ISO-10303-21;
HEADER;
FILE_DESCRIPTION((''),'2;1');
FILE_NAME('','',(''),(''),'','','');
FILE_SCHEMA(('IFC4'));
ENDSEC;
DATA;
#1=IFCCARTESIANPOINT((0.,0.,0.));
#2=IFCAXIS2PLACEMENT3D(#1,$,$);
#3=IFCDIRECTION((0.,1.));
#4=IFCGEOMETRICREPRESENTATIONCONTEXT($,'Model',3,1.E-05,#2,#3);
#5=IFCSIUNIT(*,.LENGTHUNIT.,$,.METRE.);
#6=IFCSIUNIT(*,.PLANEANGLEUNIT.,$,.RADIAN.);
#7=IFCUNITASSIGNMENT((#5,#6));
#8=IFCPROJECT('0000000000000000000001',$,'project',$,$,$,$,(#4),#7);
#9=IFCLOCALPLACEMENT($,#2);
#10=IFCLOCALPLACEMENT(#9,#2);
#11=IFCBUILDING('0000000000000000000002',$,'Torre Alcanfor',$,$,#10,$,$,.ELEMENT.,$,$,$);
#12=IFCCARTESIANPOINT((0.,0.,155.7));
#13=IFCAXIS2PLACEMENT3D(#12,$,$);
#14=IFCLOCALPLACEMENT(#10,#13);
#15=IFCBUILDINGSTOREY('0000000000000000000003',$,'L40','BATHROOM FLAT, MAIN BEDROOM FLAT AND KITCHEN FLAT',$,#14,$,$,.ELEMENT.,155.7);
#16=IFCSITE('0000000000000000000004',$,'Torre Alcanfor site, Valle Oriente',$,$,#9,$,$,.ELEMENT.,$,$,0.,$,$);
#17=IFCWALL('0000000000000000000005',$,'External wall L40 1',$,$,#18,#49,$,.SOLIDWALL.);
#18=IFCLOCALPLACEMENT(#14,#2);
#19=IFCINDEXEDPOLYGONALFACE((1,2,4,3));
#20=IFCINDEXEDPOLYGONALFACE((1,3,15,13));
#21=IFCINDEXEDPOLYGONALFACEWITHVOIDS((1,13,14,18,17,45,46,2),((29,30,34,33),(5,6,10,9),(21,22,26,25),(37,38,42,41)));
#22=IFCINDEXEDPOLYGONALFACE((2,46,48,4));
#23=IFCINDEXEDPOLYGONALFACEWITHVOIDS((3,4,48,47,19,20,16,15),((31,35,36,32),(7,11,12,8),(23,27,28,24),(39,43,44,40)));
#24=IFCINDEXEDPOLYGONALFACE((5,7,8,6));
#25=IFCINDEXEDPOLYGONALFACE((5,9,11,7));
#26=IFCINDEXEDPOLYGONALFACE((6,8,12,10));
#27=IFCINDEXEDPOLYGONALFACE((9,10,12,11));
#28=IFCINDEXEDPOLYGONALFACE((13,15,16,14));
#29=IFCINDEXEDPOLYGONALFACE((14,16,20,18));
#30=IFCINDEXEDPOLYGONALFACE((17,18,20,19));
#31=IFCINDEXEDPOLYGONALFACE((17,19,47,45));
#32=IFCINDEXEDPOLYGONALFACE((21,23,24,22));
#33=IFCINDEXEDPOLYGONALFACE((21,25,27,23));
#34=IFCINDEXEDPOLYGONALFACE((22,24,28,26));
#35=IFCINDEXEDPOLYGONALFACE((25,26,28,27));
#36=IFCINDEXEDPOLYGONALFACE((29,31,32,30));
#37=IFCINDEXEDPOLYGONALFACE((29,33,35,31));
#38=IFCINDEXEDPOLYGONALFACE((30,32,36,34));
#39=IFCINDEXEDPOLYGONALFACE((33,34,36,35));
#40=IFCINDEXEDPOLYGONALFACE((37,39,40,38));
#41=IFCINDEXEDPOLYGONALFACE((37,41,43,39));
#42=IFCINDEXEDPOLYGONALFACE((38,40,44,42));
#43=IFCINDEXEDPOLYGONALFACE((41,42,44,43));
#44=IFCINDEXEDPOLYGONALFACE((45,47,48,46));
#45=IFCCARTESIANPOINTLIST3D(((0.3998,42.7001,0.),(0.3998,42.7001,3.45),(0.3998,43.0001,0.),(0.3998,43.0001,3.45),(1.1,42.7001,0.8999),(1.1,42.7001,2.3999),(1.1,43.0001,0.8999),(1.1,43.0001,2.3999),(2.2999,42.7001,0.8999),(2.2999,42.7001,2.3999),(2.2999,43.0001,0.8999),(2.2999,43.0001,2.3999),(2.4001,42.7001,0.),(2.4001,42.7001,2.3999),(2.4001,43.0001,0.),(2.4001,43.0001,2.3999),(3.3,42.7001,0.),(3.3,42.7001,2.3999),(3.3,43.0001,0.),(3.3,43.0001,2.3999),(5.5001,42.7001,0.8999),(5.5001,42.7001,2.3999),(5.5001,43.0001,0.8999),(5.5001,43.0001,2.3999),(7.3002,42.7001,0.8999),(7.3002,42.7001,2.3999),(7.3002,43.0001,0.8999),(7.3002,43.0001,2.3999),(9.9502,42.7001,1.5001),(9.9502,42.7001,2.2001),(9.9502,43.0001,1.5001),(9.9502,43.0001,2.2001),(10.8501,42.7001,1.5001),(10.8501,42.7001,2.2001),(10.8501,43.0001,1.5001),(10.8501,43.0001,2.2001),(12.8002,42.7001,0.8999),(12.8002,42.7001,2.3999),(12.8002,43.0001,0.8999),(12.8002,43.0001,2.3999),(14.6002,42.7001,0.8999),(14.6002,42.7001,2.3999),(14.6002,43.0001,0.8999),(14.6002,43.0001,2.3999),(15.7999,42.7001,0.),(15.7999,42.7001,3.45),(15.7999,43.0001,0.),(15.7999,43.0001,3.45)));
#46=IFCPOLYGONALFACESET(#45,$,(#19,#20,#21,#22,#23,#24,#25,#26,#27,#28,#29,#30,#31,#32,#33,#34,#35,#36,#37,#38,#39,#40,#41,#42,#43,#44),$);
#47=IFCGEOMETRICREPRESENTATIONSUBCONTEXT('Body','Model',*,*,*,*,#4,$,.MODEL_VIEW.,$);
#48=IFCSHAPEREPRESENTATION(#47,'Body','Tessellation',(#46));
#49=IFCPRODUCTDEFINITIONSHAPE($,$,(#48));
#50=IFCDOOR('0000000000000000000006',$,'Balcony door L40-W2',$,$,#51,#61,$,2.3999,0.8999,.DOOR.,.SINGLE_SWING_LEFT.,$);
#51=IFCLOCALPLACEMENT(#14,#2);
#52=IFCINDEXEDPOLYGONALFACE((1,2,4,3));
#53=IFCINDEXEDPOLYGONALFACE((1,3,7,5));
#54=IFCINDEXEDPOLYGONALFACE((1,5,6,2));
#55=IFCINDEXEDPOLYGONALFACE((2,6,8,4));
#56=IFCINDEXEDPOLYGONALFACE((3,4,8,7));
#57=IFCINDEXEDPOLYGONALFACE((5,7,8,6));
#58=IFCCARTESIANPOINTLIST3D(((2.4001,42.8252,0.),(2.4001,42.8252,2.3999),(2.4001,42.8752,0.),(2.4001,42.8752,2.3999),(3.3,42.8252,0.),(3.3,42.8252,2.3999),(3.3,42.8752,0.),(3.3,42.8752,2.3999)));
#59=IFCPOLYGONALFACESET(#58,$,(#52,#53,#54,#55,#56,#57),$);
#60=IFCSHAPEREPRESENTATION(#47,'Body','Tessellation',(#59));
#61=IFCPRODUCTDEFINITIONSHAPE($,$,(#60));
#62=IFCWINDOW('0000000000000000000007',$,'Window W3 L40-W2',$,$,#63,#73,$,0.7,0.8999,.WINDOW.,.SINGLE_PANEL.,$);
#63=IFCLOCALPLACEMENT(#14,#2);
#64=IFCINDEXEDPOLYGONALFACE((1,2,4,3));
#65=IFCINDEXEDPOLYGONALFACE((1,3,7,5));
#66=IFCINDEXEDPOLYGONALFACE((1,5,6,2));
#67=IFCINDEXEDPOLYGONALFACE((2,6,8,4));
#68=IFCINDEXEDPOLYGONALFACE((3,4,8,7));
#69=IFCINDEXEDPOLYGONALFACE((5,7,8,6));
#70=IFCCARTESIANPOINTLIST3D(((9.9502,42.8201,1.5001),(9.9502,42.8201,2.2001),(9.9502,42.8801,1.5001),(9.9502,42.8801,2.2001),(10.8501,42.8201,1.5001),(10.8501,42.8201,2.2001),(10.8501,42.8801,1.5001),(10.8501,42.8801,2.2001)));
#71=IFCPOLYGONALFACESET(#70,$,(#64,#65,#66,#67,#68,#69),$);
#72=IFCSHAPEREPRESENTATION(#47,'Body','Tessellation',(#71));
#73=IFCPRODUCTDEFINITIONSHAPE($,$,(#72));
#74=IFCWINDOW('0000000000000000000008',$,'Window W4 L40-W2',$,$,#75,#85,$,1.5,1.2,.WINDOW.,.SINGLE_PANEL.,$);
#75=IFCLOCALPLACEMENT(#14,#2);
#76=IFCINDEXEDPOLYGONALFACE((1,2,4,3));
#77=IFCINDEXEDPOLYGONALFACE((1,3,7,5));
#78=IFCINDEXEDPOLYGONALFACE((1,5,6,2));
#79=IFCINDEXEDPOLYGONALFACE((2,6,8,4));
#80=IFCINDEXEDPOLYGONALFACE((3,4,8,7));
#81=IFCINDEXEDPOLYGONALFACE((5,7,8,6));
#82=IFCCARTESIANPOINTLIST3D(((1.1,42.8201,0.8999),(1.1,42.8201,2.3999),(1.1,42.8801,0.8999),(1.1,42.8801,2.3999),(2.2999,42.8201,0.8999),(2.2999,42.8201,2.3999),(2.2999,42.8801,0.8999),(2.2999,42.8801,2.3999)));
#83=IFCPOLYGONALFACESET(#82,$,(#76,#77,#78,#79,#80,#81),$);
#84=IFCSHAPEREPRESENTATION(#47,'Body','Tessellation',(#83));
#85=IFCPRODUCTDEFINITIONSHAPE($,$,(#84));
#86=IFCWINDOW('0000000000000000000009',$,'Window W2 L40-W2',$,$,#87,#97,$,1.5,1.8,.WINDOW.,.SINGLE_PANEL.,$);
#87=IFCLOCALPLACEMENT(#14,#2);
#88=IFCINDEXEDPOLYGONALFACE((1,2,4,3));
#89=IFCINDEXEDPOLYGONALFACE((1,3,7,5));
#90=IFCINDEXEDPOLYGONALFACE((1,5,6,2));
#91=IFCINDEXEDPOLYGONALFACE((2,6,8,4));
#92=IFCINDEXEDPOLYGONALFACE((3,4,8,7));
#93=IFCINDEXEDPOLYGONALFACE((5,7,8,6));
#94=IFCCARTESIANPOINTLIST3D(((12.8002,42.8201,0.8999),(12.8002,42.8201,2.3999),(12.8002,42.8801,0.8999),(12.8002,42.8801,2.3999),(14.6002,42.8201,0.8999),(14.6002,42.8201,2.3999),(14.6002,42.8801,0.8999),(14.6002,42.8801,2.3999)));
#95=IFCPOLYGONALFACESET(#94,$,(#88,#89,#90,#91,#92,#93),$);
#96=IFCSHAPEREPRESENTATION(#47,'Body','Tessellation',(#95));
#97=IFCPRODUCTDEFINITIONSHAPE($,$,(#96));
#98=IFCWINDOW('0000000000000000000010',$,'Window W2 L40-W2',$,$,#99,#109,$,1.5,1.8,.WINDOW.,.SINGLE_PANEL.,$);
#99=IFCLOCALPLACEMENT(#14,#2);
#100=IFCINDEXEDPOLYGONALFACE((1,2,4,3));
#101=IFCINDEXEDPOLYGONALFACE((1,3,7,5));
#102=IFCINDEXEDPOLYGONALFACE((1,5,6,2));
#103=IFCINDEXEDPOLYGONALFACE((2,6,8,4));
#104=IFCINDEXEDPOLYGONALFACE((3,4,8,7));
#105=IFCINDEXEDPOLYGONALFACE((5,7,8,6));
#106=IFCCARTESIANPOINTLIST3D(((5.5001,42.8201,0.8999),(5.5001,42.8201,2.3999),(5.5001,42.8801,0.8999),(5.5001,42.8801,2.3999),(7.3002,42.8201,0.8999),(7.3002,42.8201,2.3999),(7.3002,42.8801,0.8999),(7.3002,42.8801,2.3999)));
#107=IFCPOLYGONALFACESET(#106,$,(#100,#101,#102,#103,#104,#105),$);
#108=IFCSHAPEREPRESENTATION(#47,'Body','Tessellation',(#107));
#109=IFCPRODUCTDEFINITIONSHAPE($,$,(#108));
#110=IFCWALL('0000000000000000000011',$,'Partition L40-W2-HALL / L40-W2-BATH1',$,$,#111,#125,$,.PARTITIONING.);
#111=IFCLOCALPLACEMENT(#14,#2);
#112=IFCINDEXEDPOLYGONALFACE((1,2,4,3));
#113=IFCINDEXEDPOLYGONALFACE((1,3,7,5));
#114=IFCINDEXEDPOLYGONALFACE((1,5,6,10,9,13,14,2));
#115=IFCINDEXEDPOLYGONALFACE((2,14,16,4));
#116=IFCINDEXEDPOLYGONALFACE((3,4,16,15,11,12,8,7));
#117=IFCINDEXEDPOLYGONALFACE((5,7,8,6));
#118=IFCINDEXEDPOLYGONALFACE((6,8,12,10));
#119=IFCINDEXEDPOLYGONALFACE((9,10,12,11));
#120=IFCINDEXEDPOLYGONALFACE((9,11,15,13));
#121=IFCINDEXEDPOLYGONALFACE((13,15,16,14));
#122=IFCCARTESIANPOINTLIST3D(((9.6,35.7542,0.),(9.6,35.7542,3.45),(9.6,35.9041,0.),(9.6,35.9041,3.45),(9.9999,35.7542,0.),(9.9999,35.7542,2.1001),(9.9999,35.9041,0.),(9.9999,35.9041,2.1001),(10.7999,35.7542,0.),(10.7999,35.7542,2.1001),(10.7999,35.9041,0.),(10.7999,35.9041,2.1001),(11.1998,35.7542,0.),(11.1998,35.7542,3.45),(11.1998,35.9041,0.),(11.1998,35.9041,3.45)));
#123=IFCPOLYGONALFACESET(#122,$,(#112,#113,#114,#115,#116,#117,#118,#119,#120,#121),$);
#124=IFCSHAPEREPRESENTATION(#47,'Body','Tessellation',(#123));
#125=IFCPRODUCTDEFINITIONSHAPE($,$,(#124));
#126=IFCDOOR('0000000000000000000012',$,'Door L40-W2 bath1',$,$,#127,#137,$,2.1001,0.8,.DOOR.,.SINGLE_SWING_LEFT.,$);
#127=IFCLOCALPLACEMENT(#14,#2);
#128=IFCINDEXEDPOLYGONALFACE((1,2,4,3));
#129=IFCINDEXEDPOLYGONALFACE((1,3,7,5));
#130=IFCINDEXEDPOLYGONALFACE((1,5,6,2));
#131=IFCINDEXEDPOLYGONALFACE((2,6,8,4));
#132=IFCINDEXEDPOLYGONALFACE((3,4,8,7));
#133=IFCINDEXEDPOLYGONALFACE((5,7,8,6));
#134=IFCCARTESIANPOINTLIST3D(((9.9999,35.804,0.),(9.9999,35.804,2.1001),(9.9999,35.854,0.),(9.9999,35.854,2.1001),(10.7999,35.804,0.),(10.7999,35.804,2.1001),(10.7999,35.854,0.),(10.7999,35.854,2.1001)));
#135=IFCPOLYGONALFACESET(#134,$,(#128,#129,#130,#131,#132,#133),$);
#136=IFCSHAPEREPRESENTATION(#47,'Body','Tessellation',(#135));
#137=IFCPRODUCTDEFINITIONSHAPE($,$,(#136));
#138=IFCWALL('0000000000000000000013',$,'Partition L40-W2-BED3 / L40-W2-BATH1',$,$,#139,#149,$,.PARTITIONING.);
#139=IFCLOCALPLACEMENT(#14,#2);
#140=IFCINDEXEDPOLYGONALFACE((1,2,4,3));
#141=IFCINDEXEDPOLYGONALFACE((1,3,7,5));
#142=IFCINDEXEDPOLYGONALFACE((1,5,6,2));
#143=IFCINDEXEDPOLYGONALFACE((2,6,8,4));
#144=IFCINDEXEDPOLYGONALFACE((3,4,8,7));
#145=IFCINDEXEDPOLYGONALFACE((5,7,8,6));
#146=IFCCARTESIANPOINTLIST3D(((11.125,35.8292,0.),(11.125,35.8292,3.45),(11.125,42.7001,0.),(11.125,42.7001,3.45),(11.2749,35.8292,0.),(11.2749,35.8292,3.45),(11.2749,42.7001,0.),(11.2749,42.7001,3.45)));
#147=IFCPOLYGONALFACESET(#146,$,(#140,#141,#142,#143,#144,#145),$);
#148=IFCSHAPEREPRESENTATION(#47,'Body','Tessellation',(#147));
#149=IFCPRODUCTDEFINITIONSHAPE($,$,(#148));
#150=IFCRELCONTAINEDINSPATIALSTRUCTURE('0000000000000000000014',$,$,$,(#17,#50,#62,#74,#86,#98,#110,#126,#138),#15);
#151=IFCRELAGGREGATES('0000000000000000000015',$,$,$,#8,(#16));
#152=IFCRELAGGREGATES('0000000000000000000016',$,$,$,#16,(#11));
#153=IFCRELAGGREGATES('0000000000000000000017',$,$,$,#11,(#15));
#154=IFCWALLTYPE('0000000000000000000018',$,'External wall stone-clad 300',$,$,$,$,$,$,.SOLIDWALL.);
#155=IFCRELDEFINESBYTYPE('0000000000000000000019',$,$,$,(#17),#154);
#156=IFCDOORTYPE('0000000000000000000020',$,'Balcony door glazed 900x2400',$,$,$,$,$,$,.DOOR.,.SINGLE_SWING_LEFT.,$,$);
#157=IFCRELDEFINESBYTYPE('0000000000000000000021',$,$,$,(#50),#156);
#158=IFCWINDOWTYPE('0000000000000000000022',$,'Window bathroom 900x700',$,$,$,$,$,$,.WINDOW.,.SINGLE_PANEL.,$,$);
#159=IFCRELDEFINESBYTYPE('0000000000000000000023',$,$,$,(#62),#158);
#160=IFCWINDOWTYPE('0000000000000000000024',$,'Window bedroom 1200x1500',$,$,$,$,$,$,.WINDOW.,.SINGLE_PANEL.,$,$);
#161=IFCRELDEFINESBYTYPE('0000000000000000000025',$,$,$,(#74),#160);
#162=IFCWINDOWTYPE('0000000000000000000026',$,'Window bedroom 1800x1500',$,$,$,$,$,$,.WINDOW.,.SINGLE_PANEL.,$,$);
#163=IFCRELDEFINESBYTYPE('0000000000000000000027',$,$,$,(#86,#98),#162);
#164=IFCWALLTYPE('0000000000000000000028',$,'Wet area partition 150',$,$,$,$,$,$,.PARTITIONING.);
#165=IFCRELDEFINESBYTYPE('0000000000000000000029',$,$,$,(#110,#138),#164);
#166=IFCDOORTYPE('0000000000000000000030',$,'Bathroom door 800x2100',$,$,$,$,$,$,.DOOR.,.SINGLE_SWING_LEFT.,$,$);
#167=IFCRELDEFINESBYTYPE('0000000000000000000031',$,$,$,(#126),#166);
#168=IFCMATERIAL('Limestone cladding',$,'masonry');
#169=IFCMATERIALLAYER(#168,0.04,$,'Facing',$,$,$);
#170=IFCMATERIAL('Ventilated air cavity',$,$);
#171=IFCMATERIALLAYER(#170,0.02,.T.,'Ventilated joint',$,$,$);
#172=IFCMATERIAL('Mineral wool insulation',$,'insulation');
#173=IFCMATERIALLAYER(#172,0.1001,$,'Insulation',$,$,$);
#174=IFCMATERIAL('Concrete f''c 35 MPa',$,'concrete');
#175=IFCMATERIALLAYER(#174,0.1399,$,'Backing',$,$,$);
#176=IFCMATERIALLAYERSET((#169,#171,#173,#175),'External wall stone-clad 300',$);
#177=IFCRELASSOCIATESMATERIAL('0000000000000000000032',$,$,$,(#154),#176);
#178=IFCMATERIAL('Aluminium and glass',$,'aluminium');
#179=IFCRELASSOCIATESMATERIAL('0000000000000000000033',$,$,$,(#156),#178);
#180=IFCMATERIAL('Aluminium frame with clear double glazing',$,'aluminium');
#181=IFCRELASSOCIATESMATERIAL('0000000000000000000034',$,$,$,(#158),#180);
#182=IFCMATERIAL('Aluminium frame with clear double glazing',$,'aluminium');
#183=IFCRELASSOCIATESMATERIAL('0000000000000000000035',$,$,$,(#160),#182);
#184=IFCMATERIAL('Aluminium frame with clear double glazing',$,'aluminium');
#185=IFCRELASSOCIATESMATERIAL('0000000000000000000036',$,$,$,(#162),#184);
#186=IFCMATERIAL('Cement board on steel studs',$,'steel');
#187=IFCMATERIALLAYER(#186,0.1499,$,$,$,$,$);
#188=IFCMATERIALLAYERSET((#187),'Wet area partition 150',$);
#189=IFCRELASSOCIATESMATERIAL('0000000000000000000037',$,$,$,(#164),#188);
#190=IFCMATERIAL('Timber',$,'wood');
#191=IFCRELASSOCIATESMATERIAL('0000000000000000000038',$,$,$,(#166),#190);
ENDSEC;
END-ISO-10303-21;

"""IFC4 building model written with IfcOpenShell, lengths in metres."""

from ifc_helpers import new_model, si_unit, direction, frame, frame_2d, origin, place, context, subcontext, project, spatial, rectangle, extrude, material, layer, layer_set, type_object, element, fill, save


model = new_model("IFC4")

# Units and contexts
model_context = context("Model", 3, precision=1e-05, world=origin(), true_north=direction((0.0, 1.0)))
body_context = subcontext(model_context, "Body", "Model", "MODEL_VIEW")
ifc_project = project(units=[si_unit("LENGTHUNIT", "METRE"), si_unit("PLANEANGLEUNIT", "RADIAN")], contexts=[model_context])

# Site, building, storey
site_placement = place(None, origin())
site = spatial("IfcSite", under=ifc_project, at=site_placement, Name="Torre Alcanfor site, Valle Oriente", CompositionType="ELEMENT", RefElevation=0.0)
building_placement = place(site_placement, origin())
building = spatial("IfcBuilding", under=site, at=building_placement, Name="Torre Alcanfor", CompositionType="ELEMENT")
storey_placement = place(building_placement, frame((0.0, 0.0, 155.7)))
storey = spatial("IfcBuildingStorey", under=building, at=storey_placement, Name="L40", Description="BATHROOM FLAT, MAIN BEDROOM FLAT AND KITCHEN FLAT", CompositionType="ELEMENT", Elevation=155.7)

# Wall, openings, door, windows
ifc_material_1 = material(Name="Limestone cladding", Category="masonry")
ifc_layer_1 = layer(ifc_material_1, 0.04, Name="Facing")
ifc_material_2 = material(Name="Ventilated air cavity")
ifc_layer_2 = layer(ifc_material_2, 0.02, ventilated=True, Name="Ventilated joint")
ifc_material_3 = material(Name="Mineral wool insulation", Category="insulation")
ifc_layer_3 = layer(ifc_material_3, 0.1001, Name="Insulation")
ifc_material_4 = material(Name="Concrete f'c 35 MPa", Category="concrete")
ifc_layer_4 = layer(ifc_material_4, 0.1399, Name="Backing")
ifc_layer_set_1 = layer_set([ifc_layer_1, ifc_layer_2, ifc_layer_3, ifc_layer_4], Name="External wall stone-clad 300")
wall_type_1 = type_object("IfcWallType", Name="External wall stone-clad 300", PredefinedType="SOLIDWALL", material=ifc_layer_set_1)
wall_1_placement = place(storey_placement, frame((15.8, 42.8501, 0.0), z_axis=(0.0, 0.0, 1.0), x_axis=(-1.0, 0.0, 0.0)))
wall_1 = element("IfcWall", 1, at=wall_1_placement, inside=storey, type_object=wall_type_1, Name="External wall L40 1", PredefinedType="SOLIDWALL", context=body_context, shape_type="SweptSolid", body=[
    extrude(rectangle(XDim=15.4001, YDim=0.3, at=frame_2d((7.7002, 0.0))), origin(), (0.0, 0.0, 1.0), 3.45),
])
opening_1_placement = place(wall_1_placement, frame((1.2, 0.0, 0.8999)))
opening_1 = element("IfcOpeningElement", 2, at=opening_1_placement, cuts=wall_1, PredefinedType="OPENING", context=body_context, shape_type="SweptSolid", body=[
    extrude(rectangle(XDim=1.8, YDim=1.5, at=frame_2d((0.8999, 0.75))), frame((0.0, 0.1599, 0.0), z_axis=(0.0, -1.0, 0.0), x_axis=(1.0, 0.0, 0.0)), (0.0, 0.0, 1.0), 0.3201),
])
opening_2_placement = place(wall_1_placement, frame((4.95, 0.0, 1.5)))
opening_2 = element("IfcOpeningElement", 3, at=opening_2_placement, cuts=wall_1, PredefinedType="OPENING", context=body_context, shape_type="SweptSolid", body=[
    extrude(rectangle(XDim=0.8999, YDim=0.7, at=frame_2d((0.45, 0.3501))), frame((0.0, 0.1599, 0.0), z_axis=(0.0, -1.0, 0.0), x_axis=(1.0, 0.0, 0.0)), (0.0, 0.0, 1.0), 0.3201),
])
opening_3_placement = place(wall_1_placement, frame((8.5, 0.0, 0.8999)))
opening_3 = element("IfcOpeningElement", 4, at=opening_3_placement, cuts=wall_1, PredefinedType="OPENING", context=body_context, shape_type="SweptSolid", body=[
    extrude(rectangle(XDim=1.8, YDim=1.5, at=frame_2d((0.8999, 0.75))), frame((0.0, 0.1599, 0.0), z_axis=(0.0, -1.0, 0.0), x_axis=(1.0, 0.0, 0.0)), (0.0, 0.0, 1.0), 0.3201),
])
opening_4_placement = place(wall_1_placement, frame((12.5, 0.0, 0.0)))
opening_4 = element("IfcOpeningElement", 5, at=opening_4_placement, cuts=wall_1, PredefinedType="OPENING", context=body_context, shape_type="SweptSolid", body=[
    extrude(rectangle(XDim=0.8999, YDim=2.3999, at=frame_2d((0.45, 1.2))), frame((0.0, 0.1599, 0.0), z_axis=(0.0, -1.0, 0.0), x_axis=(1.0, 0.0, 0.0)), (0.0, 0.0, 1.0), 0.3201),
])
opening_5_placement = place(wall_1_placement, frame((13.5, 0.0, 0.8999)))
opening_5 = element("IfcOpeningElement", 6, at=opening_5_placement, cuts=wall_1, PredefinedType="OPENING", context=body_context, shape_type="SweptSolid", body=[
    extrude(rectangle(XDim=1.2, YDim=1.5, at=frame_2d((0.6001, 0.75))), frame((0.0, 0.1599, 0.0), z_axis=(0.0, -1.0, 0.0), x_axis=(1.0, 0.0, 0.0)), (0.0, 0.0, 1.0), 0.3201),
])
ifc_material_5 = material(Name="Aluminium and glass", Category="aluminium")
door_type_1 = type_object("IfcDoorType", Name="Balcony door glazed 900x2400", OperationType="SINGLE_SWING_LEFT", PredefinedType="DOOR", material=ifc_material_5)
door_1_placement = place(opening_4_placement, origin())
door_1 = element("IfcDoor", 7, at=door_1_placement, inside=storey, type_object=door_type_1, Name="Balcony door L40-W2", OperationType="SINGLE_SWING_LEFT", OverallHeight=2.3999, OverallWidth=0.8999, PredefinedType="DOOR", context=body_context, shape_type="SweptSolid", body=[
    extrude(rectangle(XDim=0.8999, YDim=2.3999, at=frame_2d((0.45, 1.2))), frame((0.0, 0.0249, 0.0), z_axis=(0.0, -1.0, 0.0), x_axis=(1.0, 0.0, 0.0)), (0.0, 0.0, 1.0), 0.05),
])
fill(opening_4, door_1)
ifc_material_6 = material(Name="Aluminium frame with clear double glazing", Category="aluminium")
window_type_1 = type_object("IfcWindowType", Name="Window bathroom 900x700", PartitioningType="SINGLE_PANEL", PredefinedType="WINDOW", material=ifc_material_6)
window_1_placement = place(opening_2_placement, origin())
window_1 = element("IfcWindow", 8, at=window_1_placement, inside=storey, type_object=window_type_1, Name="Window W3 L40-W2", OverallHeight=0.7, OverallWidth=0.8999, PartitioningType="SINGLE_PANEL", PredefinedType="WINDOW", context=body_context, shape_type="SweptSolid", body=[
    extrude(rectangle(XDim=0.8999, YDim=0.7, at=frame_2d((0.45, 0.3501))), frame((0.0, 0.03, 0.0), z_axis=(0.0, -1.0, 0.0), x_axis=(1.0, 0.0, 0.0)), (0.0, 0.0, 1.0), 0.0601),
])
fill(opening_2, window_1)
ifc_material_7 = material(Name="Aluminium frame with clear double glazing", Category="aluminium")
window_type_2 = type_object("IfcWindowType", Name="Window bedroom 1200x1500", PartitioningType="SINGLE_PANEL", PredefinedType="WINDOW", material=ifc_material_7)
window_2_placement = place(opening_5_placement, origin())
window_2 = element("IfcWindow", 9, at=window_2_placement, inside=storey, type_object=window_type_2, Name="Window W4 L40-W2", OverallHeight=1.5, OverallWidth=1.2, PartitioningType="SINGLE_PANEL", PredefinedType="WINDOW", context=body_context, shape_type="SweptSolid", body=[
    extrude(rectangle(XDim=1.2, YDim=1.5, at=frame_2d((0.6001, 0.75))), frame((0.0, 0.03, 0.0), z_axis=(0.0, -1.0, 0.0), x_axis=(1.0, 0.0, 0.0)), (0.0, 0.0, 1.0), 0.0601),
])
fill(opening_5, window_2)
ifc_material_8 = material(Name="Aluminium frame with clear double glazing", Category="aluminium")
window_type_3 = type_object("IfcWindowType", Name="Window bedroom 1800x1500", PartitioningType="SINGLE_PANEL", PredefinedType="WINDOW", material=ifc_material_8)
window_3_placement = place(opening_1_placement, origin())
window_3 = element("IfcWindow", 10, at=window_3_placement, inside=storey, type_object=window_type_3, Name="Window W2 L40-W2", OverallHeight=1.5, OverallWidth=1.8, PartitioningType="SINGLE_PANEL", PredefinedType="WINDOW", context=body_context, shape_type="SweptSolid", body=[
    extrude(rectangle(XDim=1.8, YDim=1.5, at=frame_2d((0.8999, 0.75))), frame((0.0, 0.03, 0.0), z_axis=(0.0, -1.0, 0.0), x_axis=(1.0, 0.0, 0.0)), (0.0, 0.0, 1.0), 0.0601),
])
fill(opening_1, window_3)
window_4_placement = place(opening_3_placement, origin())
window_4 = element("IfcWindow", 11, at=window_4_placement, inside=storey, type_object=window_type_3, Name="Window W2 L40-W2", OverallHeight=1.5, OverallWidth=1.8, PartitioningType="SINGLE_PANEL", PredefinedType="WINDOW", context=body_context, shape_type="SweptSolid", body=[
    extrude(rectangle(XDim=1.8, YDim=1.5, at=frame_2d((0.8999, 0.75))), frame((0.0, 0.03, 0.0), z_axis=(0.0, -1.0, 0.0), x_axis=(1.0, 0.0, 0.0)), (0.0, 0.0, 1.0), 0.0601),
])
fill(opening_3, window_4)

# Wall, opening, door
ifc_material_9 = material(Name="Cement board on steel studs", Category="steel")
ifc_layer_5 = layer(ifc_material_9, 0.1499)
ifc_layer_set_2 = layer_set([ifc_layer_5], Name="Wet area partition 150")
wall_type_2 = type_object("IfcWallType", Name="Wet area partition 150", PredefinedType="PARTITIONING", material=ifc_layer_set_2)
wall_2_placement = place(storey_placement, frame((9.6001, 35.8291, 0.0), z_axis=(0.0, 0.0, 1.0), x_axis=(1.0, 0.0, 0.0)))
wall_2 = element("IfcWall", 12, at=wall_2_placement, inside=storey, type_object=wall_type_2, Name="Partition L40-W2-HALL / L40-W2-BATH1", PredefinedType="PARTITIONING", context=body_context, shape_type="SweptSolid", body=[
    extrude(rectangle(XDim=1.5999, YDim=0.1499, at=frame_2d((0.7998, 0.0))), origin(), (0.0, 0.0, 1.0), 3.45),
])
opening_6_placement = place(wall_2_placement, frame((0.3999, 0.0, 0.0)))
opening_6 = element("IfcOpeningElement", 13, at=opening_6_placement, cuts=wall_2, PredefinedType="OPENING", context=body_context, shape_type="SweptSolid", body=[
    extrude(rectangle(XDim=0.8, YDim=2.1001, at=frame_2d((0.3999, 1.05))), frame((0.0, 0.085, 0.0), z_axis=(0.0, -1.0, 0.0), x_axis=(1.0, 0.0, 0.0)), (0.0, 0.0, 1.0), 0.1699),
])
ifc_material_10 = material(Name="Timber", Category="wood")
door_type_2 = type_object("IfcDoorType", Name="Bathroom door 800x2100", OperationType="SINGLE_SWING_LEFT", PredefinedType="DOOR", material=ifc_material_10)
door_2_placement = place(opening_6_placement, origin())
door_2 = element("IfcDoor", 14, at=door_2_placement, inside=storey, type_object=door_type_2, Name="Door L40-W2 bath1", OperationType="SINGLE_SWING_LEFT", OverallHeight=2.1001, OverallWidth=0.8, PredefinedType="DOOR", context=body_context, shape_type="SweptSolid", body=[
    extrude(rectangle(XDim=0.8, YDim=2.1001, at=frame_2d((0.3999, 1.05))), frame((0.0, 0.0249, 0.0), z_axis=(0.0, -1.0, 0.0), x_axis=(1.0, 0.0, 0.0)), (0.0, 0.0, 1.0), 0.05),
])
fill(opening_6, door_2)

# Wall
for number, where, z_axis, x_axis, name in (
    (15, (11.2, 35.8291, 0.0), (0.0, 0.0, 1.0), (0.0, 1.0, 0.0), "Partition L40-W2-BED3 / L40-W2-BATH1"),
):
    element("IfcWall", number, at=place(storey_placement, frame(where, z_axis=z_axis, x_axis=x_axis)), inside=storey, type_object=wall_type_2, Name=name, PredefinedType="PARTITIONING", context=body_context, shape_type="SweptSolid", body=[
        extrude(rectangle(XDim=6.8708, YDim=0.1499, at=frame_2d((3.4355, 0.0))), origin(), (0.0, 0.0, 1.0), 3.45),
    ])

save(model, "model.ifc")
